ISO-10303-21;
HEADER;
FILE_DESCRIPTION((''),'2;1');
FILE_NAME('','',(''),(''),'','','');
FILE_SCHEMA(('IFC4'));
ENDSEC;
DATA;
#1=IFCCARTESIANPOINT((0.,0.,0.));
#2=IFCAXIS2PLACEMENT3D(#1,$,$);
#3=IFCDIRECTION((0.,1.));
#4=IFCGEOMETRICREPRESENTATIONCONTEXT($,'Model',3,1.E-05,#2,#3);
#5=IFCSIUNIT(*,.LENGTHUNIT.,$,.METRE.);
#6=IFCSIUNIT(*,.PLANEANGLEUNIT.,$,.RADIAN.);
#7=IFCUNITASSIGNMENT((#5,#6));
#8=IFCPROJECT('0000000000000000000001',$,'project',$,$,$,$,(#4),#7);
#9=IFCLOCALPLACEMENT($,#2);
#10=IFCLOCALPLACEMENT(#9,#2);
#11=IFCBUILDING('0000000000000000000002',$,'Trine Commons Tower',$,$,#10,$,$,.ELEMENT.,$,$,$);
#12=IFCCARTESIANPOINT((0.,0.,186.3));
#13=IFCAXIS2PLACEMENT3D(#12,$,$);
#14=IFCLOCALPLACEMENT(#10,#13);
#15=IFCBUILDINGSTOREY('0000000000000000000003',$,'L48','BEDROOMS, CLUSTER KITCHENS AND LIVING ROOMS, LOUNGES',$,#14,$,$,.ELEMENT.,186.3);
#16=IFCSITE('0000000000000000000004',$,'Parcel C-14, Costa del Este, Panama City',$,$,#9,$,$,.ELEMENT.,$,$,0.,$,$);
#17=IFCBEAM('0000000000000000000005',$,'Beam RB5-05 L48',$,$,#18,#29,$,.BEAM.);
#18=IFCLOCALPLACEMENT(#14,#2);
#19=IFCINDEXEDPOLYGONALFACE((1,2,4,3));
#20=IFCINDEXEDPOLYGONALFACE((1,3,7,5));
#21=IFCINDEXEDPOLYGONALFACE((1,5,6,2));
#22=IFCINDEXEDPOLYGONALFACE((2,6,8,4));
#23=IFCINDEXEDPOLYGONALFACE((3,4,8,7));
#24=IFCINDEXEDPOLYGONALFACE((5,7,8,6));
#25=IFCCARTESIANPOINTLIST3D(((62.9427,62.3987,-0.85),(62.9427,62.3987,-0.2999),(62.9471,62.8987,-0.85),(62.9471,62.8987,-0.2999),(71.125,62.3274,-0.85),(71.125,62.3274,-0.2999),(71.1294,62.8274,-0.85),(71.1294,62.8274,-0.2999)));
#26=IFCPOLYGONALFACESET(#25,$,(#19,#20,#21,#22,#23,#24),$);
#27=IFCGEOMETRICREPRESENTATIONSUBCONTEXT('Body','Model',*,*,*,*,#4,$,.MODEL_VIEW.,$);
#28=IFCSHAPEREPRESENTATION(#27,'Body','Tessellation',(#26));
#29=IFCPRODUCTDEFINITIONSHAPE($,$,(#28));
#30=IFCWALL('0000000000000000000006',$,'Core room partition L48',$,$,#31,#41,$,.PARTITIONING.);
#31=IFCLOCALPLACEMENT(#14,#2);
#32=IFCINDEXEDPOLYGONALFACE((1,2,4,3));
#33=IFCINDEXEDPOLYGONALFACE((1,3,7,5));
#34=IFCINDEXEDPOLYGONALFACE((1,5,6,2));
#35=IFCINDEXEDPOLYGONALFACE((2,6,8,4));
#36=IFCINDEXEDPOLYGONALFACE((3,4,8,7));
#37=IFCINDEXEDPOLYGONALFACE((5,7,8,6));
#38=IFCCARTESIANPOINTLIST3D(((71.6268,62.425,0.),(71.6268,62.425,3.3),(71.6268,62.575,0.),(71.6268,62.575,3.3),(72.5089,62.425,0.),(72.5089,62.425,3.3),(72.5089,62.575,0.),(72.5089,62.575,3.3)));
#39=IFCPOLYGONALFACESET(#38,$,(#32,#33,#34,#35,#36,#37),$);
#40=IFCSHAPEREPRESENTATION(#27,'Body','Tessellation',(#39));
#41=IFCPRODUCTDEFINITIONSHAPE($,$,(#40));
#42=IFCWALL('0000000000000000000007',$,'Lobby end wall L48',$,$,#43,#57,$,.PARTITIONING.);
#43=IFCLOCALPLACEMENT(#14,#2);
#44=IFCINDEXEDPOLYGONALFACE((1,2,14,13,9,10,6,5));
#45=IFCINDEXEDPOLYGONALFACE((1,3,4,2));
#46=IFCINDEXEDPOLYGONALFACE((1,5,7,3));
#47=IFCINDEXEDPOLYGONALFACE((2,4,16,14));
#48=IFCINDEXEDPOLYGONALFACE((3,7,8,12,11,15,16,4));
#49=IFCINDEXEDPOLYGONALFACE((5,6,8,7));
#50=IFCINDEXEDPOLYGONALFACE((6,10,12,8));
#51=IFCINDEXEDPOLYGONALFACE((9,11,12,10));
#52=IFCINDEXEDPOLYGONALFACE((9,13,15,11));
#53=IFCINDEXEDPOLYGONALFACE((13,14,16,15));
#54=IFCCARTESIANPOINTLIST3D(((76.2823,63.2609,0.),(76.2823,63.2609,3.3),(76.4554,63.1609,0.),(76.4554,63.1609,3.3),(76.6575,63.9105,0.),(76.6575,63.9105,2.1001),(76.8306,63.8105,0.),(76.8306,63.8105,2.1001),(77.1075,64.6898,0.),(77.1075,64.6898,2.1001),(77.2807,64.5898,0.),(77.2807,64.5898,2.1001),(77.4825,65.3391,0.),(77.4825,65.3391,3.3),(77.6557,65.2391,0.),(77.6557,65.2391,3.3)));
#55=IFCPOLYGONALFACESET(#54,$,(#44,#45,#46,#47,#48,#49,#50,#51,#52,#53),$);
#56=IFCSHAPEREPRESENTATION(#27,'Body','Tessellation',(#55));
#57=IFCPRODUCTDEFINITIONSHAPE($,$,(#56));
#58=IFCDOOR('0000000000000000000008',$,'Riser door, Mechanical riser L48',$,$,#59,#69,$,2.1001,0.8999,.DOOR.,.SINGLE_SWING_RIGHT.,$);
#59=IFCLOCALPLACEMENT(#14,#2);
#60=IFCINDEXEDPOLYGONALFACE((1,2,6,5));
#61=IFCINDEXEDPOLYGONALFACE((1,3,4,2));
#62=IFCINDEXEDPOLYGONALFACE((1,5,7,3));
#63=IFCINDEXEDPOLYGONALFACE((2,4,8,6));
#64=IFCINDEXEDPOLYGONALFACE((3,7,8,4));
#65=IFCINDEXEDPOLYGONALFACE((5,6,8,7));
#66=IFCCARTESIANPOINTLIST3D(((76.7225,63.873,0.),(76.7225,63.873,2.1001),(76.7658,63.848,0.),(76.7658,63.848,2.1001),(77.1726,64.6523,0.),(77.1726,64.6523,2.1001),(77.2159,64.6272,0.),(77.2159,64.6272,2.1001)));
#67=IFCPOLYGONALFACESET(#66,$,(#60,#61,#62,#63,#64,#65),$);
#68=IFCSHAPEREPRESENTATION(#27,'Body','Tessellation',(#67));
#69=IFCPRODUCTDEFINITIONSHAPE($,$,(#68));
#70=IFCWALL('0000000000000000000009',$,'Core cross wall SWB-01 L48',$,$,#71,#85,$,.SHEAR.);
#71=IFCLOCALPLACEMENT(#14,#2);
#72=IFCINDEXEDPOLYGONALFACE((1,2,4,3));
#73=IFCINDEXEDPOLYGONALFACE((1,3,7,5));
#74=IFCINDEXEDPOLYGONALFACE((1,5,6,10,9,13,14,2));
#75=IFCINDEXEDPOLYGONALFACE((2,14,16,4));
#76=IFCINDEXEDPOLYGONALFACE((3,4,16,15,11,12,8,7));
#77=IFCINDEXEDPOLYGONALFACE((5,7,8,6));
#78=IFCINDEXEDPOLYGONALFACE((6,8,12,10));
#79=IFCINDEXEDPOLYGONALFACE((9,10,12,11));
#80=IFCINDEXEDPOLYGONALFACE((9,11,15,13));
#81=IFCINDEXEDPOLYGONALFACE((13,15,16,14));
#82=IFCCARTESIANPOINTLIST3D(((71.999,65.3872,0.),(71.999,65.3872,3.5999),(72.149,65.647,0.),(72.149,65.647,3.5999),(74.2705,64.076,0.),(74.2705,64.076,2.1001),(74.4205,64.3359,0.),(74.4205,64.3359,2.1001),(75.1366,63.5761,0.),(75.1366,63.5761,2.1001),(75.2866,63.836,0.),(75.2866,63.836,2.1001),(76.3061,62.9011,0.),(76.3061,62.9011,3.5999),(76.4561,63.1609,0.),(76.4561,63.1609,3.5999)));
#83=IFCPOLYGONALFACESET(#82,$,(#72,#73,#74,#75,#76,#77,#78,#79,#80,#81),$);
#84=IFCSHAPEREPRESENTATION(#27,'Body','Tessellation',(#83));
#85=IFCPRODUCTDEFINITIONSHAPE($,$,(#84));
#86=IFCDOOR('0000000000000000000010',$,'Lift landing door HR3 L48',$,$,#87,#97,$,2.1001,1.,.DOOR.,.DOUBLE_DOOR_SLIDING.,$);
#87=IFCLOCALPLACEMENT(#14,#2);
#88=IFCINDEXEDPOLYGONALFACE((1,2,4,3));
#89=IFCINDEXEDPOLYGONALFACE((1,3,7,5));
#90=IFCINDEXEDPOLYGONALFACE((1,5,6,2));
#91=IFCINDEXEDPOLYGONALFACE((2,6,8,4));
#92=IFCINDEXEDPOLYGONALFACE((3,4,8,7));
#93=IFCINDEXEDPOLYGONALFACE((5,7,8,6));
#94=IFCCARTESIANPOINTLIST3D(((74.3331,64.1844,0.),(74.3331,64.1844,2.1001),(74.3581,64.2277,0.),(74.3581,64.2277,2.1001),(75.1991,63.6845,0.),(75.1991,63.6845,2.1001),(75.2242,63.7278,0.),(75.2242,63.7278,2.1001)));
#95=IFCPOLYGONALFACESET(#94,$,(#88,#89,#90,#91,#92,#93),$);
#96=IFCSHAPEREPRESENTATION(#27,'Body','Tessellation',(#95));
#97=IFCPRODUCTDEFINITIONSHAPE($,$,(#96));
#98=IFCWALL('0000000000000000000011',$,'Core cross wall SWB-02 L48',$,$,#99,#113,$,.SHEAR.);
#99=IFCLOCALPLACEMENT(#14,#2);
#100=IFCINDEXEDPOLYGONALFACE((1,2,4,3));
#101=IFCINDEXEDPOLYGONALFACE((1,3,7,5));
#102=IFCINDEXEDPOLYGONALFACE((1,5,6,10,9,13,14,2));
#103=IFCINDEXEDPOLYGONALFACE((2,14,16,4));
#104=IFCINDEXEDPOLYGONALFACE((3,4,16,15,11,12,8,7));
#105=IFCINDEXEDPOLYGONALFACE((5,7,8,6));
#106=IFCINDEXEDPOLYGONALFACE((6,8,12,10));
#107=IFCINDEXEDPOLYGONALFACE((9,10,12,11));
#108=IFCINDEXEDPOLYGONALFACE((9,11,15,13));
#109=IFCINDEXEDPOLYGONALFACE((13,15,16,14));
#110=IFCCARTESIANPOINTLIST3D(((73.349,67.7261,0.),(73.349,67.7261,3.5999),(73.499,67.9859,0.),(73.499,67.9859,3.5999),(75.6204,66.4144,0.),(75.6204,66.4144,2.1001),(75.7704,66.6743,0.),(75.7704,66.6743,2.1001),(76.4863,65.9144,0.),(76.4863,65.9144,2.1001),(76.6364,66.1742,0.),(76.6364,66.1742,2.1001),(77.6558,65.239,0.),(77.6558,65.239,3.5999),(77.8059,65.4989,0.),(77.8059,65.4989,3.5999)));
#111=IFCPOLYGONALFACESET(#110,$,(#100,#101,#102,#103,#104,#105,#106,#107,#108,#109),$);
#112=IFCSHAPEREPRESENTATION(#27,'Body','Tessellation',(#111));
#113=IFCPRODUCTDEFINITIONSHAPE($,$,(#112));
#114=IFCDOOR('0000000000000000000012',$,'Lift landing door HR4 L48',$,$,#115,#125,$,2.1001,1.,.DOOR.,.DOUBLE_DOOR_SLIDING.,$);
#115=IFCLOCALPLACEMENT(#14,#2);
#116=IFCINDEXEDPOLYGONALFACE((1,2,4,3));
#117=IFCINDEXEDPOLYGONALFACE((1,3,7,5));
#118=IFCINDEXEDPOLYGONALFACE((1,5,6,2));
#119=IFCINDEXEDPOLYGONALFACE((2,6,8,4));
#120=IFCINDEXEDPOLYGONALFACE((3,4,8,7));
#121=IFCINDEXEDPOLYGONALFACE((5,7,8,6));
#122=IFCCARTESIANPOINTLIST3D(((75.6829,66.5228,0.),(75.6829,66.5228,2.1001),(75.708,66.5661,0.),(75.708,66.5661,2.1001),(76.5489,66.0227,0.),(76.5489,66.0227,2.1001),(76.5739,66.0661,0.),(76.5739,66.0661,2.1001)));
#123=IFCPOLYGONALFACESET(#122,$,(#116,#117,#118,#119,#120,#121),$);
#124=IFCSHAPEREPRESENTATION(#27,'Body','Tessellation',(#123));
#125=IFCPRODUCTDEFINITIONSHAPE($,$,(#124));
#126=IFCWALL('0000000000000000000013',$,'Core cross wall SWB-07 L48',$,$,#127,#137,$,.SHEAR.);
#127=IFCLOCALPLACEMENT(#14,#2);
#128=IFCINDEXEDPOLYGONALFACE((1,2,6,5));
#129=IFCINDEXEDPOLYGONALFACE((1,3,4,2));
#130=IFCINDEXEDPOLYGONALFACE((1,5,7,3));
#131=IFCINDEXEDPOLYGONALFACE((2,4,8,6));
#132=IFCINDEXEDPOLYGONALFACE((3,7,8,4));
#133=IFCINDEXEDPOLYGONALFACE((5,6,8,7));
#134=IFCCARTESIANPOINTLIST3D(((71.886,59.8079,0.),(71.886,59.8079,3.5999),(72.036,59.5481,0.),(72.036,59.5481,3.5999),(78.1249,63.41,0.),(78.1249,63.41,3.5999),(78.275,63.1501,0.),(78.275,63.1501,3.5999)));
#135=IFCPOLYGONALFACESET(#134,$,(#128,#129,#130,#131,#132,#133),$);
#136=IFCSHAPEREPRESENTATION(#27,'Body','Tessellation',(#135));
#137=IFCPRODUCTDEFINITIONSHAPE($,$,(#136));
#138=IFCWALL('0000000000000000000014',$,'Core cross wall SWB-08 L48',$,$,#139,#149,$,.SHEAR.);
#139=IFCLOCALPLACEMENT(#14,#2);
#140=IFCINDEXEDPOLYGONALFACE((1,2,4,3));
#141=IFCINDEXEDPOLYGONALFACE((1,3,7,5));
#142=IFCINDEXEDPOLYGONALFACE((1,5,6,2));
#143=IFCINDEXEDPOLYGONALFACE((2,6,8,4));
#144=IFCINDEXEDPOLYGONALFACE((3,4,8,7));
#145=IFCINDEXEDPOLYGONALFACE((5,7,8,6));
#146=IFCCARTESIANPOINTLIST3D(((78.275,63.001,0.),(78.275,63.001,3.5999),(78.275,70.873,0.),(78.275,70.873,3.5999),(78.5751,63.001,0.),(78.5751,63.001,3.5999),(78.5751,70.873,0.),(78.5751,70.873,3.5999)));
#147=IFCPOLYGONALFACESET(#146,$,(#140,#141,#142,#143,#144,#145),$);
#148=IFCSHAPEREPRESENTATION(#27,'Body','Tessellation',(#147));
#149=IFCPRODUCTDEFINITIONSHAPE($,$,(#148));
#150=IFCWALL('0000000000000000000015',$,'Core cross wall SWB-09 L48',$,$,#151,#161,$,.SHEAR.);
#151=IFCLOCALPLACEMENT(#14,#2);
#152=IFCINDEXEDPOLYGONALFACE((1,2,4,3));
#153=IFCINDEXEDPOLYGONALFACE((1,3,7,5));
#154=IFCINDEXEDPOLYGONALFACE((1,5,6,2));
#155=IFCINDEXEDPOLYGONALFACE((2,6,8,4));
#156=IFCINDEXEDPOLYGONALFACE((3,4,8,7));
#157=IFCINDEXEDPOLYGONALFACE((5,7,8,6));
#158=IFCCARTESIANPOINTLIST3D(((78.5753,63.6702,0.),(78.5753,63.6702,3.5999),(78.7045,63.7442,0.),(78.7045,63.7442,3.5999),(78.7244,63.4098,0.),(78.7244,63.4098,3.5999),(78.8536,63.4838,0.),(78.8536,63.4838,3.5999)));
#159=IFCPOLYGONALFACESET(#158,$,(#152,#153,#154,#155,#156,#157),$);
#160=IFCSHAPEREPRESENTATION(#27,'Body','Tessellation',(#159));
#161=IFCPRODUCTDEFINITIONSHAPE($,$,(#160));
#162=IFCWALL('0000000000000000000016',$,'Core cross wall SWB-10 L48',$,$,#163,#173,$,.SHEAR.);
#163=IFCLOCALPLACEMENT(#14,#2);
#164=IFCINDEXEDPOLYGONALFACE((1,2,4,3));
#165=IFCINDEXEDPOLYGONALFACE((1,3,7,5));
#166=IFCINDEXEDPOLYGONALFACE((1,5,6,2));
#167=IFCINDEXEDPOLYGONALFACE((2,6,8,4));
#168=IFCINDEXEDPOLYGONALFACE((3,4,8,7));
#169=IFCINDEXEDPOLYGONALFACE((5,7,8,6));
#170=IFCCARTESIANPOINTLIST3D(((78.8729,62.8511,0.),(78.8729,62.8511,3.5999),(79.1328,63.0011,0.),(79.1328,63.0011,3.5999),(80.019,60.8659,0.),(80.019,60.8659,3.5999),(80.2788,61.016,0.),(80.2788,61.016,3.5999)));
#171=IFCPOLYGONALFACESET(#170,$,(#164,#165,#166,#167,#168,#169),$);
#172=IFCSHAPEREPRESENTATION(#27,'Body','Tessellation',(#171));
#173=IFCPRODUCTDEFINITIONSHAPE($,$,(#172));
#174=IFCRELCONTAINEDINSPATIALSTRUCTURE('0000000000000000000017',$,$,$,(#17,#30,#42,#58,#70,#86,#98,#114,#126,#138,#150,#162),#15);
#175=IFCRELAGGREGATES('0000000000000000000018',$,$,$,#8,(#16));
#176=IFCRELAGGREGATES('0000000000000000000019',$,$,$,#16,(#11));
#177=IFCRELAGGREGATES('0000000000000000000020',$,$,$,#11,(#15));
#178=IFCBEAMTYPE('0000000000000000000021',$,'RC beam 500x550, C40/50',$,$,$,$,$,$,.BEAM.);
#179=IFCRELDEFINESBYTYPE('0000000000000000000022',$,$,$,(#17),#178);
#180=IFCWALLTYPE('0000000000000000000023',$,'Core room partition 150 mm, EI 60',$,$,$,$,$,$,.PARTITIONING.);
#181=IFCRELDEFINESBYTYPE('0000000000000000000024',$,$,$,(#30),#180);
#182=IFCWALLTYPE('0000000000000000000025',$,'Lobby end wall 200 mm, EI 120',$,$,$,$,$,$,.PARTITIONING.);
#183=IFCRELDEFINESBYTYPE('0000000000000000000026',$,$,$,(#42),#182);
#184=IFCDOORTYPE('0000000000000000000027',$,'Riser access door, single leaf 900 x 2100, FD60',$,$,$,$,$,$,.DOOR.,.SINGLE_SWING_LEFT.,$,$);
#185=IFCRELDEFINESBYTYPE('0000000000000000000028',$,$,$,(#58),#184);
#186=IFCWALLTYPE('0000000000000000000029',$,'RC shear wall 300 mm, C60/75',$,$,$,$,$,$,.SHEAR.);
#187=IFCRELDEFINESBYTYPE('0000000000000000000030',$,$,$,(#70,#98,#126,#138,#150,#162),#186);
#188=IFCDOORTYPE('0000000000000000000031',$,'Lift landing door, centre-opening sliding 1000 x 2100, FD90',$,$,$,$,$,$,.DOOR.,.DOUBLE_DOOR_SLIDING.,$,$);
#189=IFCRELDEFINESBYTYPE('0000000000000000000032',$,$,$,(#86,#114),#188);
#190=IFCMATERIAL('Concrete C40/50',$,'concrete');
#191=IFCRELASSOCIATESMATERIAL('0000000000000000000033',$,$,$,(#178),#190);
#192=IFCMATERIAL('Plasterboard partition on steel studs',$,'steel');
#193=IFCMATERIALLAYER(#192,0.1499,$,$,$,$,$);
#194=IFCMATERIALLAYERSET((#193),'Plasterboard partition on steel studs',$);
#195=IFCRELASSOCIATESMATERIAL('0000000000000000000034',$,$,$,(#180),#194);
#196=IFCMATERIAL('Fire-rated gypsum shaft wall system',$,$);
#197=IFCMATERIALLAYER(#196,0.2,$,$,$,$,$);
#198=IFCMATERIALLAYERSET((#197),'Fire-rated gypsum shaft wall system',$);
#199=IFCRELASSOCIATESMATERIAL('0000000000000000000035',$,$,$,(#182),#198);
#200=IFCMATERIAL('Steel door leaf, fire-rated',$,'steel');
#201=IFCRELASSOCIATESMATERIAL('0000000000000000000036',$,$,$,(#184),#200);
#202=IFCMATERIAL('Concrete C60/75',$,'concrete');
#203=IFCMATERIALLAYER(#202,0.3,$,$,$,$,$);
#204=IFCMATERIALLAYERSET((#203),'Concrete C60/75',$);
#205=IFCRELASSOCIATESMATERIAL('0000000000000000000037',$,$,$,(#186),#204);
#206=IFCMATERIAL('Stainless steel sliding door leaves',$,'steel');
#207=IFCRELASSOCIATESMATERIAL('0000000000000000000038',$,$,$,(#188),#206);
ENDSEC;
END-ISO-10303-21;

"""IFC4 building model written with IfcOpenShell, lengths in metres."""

from ifc_helpers import new_model, si_unit, direction, frame, frame_2d, origin, origin_2d, place, context, subcontext, project, spatial, rectangle, extrude, material, layer, layer_set, material_profile, profile_set, type_object, element, fill, save


model = new_model("IFC4")

# Units and contexts
model_context = context("Model", 3, precision=1e-05, world=origin(), true_north=direction((0.0, 1.0)))
body_context = subcontext(model_context, "Body", "Model", "MODEL_VIEW")
ifc_project = project(units=[si_unit("LENGTHUNIT", "METRE"), si_unit("PLANEANGLEUNIT", "RADIAN")], contexts=[model_context])

# Site, building, storey
site_placement = place(None, origin())
site = spatial("IfcSite", under=ifc_project, at=site_placement, Name="Parcel C-14, Costa del Este, Panama City", CompositionType="ELEMENT", RefElevation=0.0)
building_placement = place(site_placement, origin())
building = spatial("IfcBuilding", under=site, at=building_placement, Name="Trine Commons Tower", CompositionType="ELEMENT")
storey_placement = place(building_placement, frame((0.0, 0.0, 186.3)))
storey = spatial("IfcBuildingStorey", under=building, at=storey_placement, Name="L48", Description="BEDROOMS, CLUSTER KITCHENS AND LIVING ROOMS, LOUNGES", CompositionType="ELEMENT", Elevation=186.3)

# Beam
ifc_material_1 = material(Name="Concrete C40/50", Category="concrete")
ifc_material_profile = material_profile(ifc_material_1, rectangle(XDim=0.5, YDim=0.55, at=origin_2d()), Name="RC 500x550")
ifc_profile_set = profile_set([ifc_material_profile], Name="Concrete C40/50")
beam_type = type_object("IfcBeamType", Name="RC beam 500x550, C40/50", PredefinedType="BEAM", material=ifc_profile_set)
beam_placement = place(storey_placement, frame((71.1272, 62.5774, -0.575), z_axis=(-0.999962, 0.008712, 0.0), x_axis=(-0.008712, -0.999962, 0.0)))
element("IfcBeam", 1, at=beam_placement, inside=storey, type_object=beam_type, Name="Beam RB5-05 L48", PredefinedType="BEAM", context=body_context, shape_type="SweptSolid", body=[
    extrude(rectangle(XDim=0.5, YDim=0.55, at=origin_2d()), origin(), (0.0, 0.0, 1.0), 8.1826),
])

# Wall
ifc_material_2 = material(Name="Plasterboard partition on steel studs", Category="steel")
ifc_layer_1 = layer(ifc_material_2, 0.1499)
ifc_layer_set_1 = layer_set([ifc_layer_1], Name="Plasterboard partition on steel studs")
wall_type_1 = type_object("IfcWallType", Name="Core room partition 150 mm, EI 60", PredefinedType="PARTITIONING", material=ifc_layer_set_1)
wall_1_placement = place(storey_placement, frame((71.627, 62.5, 0.0), z_axis=(0.0, 0.0, 1.0), x_axis=(1.0, 0.0, 0.0)))
element("IfcWall", 2, at=wall_1_placement, inside=storey, type_object=wall_type_1, Name="Core room partition L48", PredefinedType="PARTITIONING", context=body_context, shape_type="SweptSolid", body=[
    extrude(rectangle(XDim=0.8821, YDim=0.1499, at=frame_2d((0.4409, 0.0))), origin(), (0.0, 0.0, 1.0), 3.3),
])

# Walls, openings, doors
ifc_material_3 = material(Name="Fire-rated gypsum shaft wall system")
ifc_layer_2 = layer(ifc_material_3, 0.2)
ifc_layer_set_2 = layer_set([ifc_layer_2], Name="Fire-rated gypsum shaft wall system")
wall_type_2 = type_object("IfcWallType", Name="Lobby end wall 200 mm, EI 120", PredefinedType="PARTITIONING", material=ifc_layer_set_2)
wall_2_placement = place(storey_placement, frame((77.5691, 65.2891, 0.0), z_axis=(0.0, 0.0, 1.0), x_axis=(-0.500122, -0.865955, 0.0)))
wall_2 = element("IfcWall", 3, at=wall_2_placement, inside=storey, type_object=wall_type_2, Name="Lobby end wall L48", PredefinedType="PARTITIONING", context=body_context, shape_type="SweptSolid", body=[
    extrude(rectangle(XDim=2.3999, YDim=0.2, at=frame_2d((1.2, 0.0))), origin(), (0.0, 0.0, 1.0), 3.3),
])
opening_1_placement = place(wall_2_placement, frame((0.7498, 0.0, 0.0)))
opening_1 = element("IfcOpeningElement", 4, at=opening_1_placement, cuts=wall_2, PredefinedType="OPENING", context=body_context, shape_type="SweptSolid", body=[
    extrude(rectangle(XDim=0.8999, YDim=2.1001, at=frame_2d((0.45, 1.05))), frame((0.0, 0.1099, 0.0), z_axis=(0.0, -1.0, 0.0), x_axis=(1.0, 0.0, 0.0)), (0.0, 0.0, 1.0), 0.22),
])
ifc_material_4 = material(Name="Steel door leaf, fire-rated", Category="steel")
door_type_1 = type_object("IfcDoorType", Name="Riser access door, single leaf 900 x 2100, FD60", OperationType="SINGLE_SWING_LEFT", PredefinedType="DOOR", material=ifc_material_4)
door_1_placement = place(opening_1_placement, frame((0.8999, 0.0, 0.0), z_axis=(0.0, 0.0, 1.0), x_axis=(-1.0, 0.0, 0.0)))
door_1 = element("IfcDoor", 5, at=door_1_placement, inside=storey, type_object=door_type_1, Name="Riser door, Mechanical riser L48", OperationType="SINGLE_SWING_RIGHT", OverallHeight=2.1001, OverallWidth=0.8999, PredefinedType="DOOR", context=body_context, shape_type="SweptSolid", body=[
    extrude(rectangle(XDim=0.8999, YDim=2.1001, at=frame_2d((0.45, 1.05))), frame((0.0, 0.0249, 0.0), z_axis=(0.0, -1.0, 0.0), x_axis=(1.0, 0.0, 0.0)), (0.0, 0.0, 1.0), 0.05),
])
fill(opening_1, door_1)
ifc_material_5 = material(Name="Concrete C60/75", Category="concrete")
ifc_layer_3 = layer(ifc_material_5, 0.3)
ifc_layer_set_3 = layer_set([ifc_layer_3], Name="Concrete C60/75")
wall_type_3 = type_object("IfcWallType", Name="RC shear wall 300 mm, C60/75", PredefinedType="SHEAR", material=ifc_layer_set_3)
wall_3_placement = place(storey_placement, frame((76.3811, 63.031, 0.0), z_axis=(0.0, 0.0, 1.0), x_axis=(-0.866081, 0.499904, 0.0)))
wall_3 = element("IfcWall", 6, at=wall_3_placement, inside=storey, type_object=wall_type_3, Name="Core cross wall SWB-01 L48", PredefinedType="SHEAR", context=body_context, shape_type="SweptSolid", body=[
    extrude(rectangle(XDim=4.9731, YDim=0.3, at=frame_2d((2.4866, 0.0))), origin(), (0.0, 0.0, 1.0), 3.5999),
])
opening_2_placement = place(wall_3_placement, frame((1.3503, 0.0, 0.0)))
opening_2 = element("IfcOpeningElement", 7, at=opening_2_placement, cuts=wall_3, PredefinedType="OPENING", context=body_context, shape_type="SweptSolid", body=[
    extrude(rectangle(XDim=1.0, YDim=2.1001, at=frame_2d((0.5, 1.05))), frame((0.0, 0.1599, 0.0), z_axis=(0.0, -1.0, 0.0), x_axis=(1.0, 0.0, 0.0)), (0.0, 0.0, 1.0), 0.3201),
])
ifc_material_6 = material(Name="Stainless steel sliding door leaves", Category="steel")
door_type_2 = type_object("IfcDoorType", Name="Lift landing door, centre-opening sliding 1000 x 2100, FD90", OperationType="DOUBLE_DOOR_SLIDING", PredefinedType="DOOR", material=ifc_material_6)
door_2_placement = place(opening_2_placement, origin())
door_2 = element("IfcDoor", 8, at=door_2_placement, inside=storey, type_object=door_type_2, Name="Lift landing door HR3 L48", OperationType="DOUBLE_DOOR_SLIDING", OverallHeight=2.1001, OverallWidth=1.0, PredefinedType="DOOR", context=body_context, shape_type="SweptSolid", body=[
    extrude(rectangle(XDim=1.0, YDim=2.1001, at=frame_2d((0.5, 1.05))), frame((0.0, 0.0249, 0.0), z_axis=(0.0, -1.0, 0.0), x_axis=(1.0, 0.0, 0.0)), (0.0, 0.0, 1.0), 0.05),
])
fill(opening_2, door_2)
wall_4_placement = place(storey_placement, frame((77.731, 65.3689, 0.0), z_axis=(0.0, 0.0, 1.0), x_axis=(-0.865984, 0.500072, 0.0)))
wall_4 = element("IfcWall", 9, at=wall_4_placement, inside=storey, type_object=wall_type_3, Name="Core cross wall SWB-02 L48", PredefinedType="SHEAR", context=body_context, shape_type="SweptSolid", body=[
    extrude(rectangle(XDim=4.9734, YDim=0.3, at=frame_2d((2.4868, 0.0))), origin(), (0.0, 0.0, 1.0), 3.5999),
])
opening_3_placement = place(wall_4_placement, frame((1.3506, 0.0, 0.0)))
opening_3 = element("IfcOpeningElement", 10, at=opening_3_placement, cuts=wall_4, PredefinedType="OPENING", context=body_context, shape_type="SweptSolid", body=[
    extrude(rectangle(XDim=1.0, YDim=2.1001, at=frame_2d((0.5, 1.05))), frame((0.0, 0.1599, 0.0), z_axis=(0.0, -1.0, 0.0), x_axis=(1.0, 0.0, 0.0)), (0.0, 0.0, 1.0), 0.3201),
])
door_3_placement = place(opening_3_placement, origin())
door_3 = element("IfcDoor", 11, at=door_3_placement, inside=storey, type_object=door_type_2, Name="Lift landing door HR4 L48", OperationType="DOUBLE_DOOR_SLIDING", OverallHeight=2.1001, OverallWidth=1.0, PredefinedType="DOOR", context=body_context, shape_type="SweptSolid", body=[
    extrude(rectangle(XDim=1.0, YDim=2.1001, at=frame_2d((0.5, 1.05))), frame((0.0, 0.0249, 0.0), z_axis=(0.0, -1.0, 0.0), x_axis=(1.0, 0.0, 0.0)), (0.0, 0.0, 1.0), 0.05),
])
fill(opening_3, door_3)

# Walls
wall_5_placement = place(storey_placement, frame((78.2, 63.28, 0.0), z_axis=(0.0, 0.0, 1.0), x_axis=(-0.866028, -0.499995, 0.0)))
element("IfcWall", 12, at=wall_5_placement, inside=storey, type_object=wall_type_3, Name="Core cross wall SWB-07 L48", PredefinedType="SHEAR", context=body_context, shape_type="SweptSolid", body=[
    extrude(rectangle(XDim=7.2041, YDim=0.3, at=frame_2d((3.6021, 0.0))), origin(), (0.0, 0.0, 1.0), 3.5999),
])
wall_6_placement = place(storey_placement, frame((78.425, 63.001, 0.0), z_axis=(0.0, 0.0, 1.0), x_axis=(0.0, 1.0, 0.0)))
element("IfcWall", 13, at=wall_6_placement, inside=storey, type_object=wall_type_3, Name="Core cross wall SWB-08 L48", PredefinedType="SHEAR", context=body_context, shape_type="SweptSolid", body=[
    extrude(rectangle(XDim=7.8721, YDim=0.3, at=frame_2d((3.936, 0.0))), origin(), (0.0, 0.0, 1.0), 3.5999),
])
wall_7_placement = place(storey_placement, frame((78.7791, 63.614, 0.0), z_axis=(0.0, 0.0, 1.0), x_axis=(-0.867738, -0.497022, 0.0)))
element("IfcWall", 14, at=wall_7_placement, inside=storey, type_object=wall_type_3, Name="Core cross wall SWB-09 L48", PredefinedType="SHEAR", context=body_context, shape_type="SweptSolid", body=[
    extrude(rectangle(XDim=0.1489, YDim=0.3, at=frame_2d((0.0745, 0.0))), origin(), (0.0, 0.0, 1.0), 3.5999),
])
wall_8_placement = place(storey_placement, frame((79.0029, 62.926, 0.0), z_axis=(0.0, 0.0, 1.0), x_axis=(0.499965, -0.866045, 0.0)))
element("IfcWall", 15, at=wall_8_placement, inside=storey, type_object=wall_type_3, Name="Core cross wall SWB-10 L48", PredefinedType="SHEAR", context=body_context, shape_type="SweptSolid", body=[
    extrude(rectangle(XDim=2.2922, YDim=0.3, at=frame_2d((1.146, 0.0))), origin(), (0.0, 0.0, 1.0), 3.5999),
])

save(model, "model.ifc")
